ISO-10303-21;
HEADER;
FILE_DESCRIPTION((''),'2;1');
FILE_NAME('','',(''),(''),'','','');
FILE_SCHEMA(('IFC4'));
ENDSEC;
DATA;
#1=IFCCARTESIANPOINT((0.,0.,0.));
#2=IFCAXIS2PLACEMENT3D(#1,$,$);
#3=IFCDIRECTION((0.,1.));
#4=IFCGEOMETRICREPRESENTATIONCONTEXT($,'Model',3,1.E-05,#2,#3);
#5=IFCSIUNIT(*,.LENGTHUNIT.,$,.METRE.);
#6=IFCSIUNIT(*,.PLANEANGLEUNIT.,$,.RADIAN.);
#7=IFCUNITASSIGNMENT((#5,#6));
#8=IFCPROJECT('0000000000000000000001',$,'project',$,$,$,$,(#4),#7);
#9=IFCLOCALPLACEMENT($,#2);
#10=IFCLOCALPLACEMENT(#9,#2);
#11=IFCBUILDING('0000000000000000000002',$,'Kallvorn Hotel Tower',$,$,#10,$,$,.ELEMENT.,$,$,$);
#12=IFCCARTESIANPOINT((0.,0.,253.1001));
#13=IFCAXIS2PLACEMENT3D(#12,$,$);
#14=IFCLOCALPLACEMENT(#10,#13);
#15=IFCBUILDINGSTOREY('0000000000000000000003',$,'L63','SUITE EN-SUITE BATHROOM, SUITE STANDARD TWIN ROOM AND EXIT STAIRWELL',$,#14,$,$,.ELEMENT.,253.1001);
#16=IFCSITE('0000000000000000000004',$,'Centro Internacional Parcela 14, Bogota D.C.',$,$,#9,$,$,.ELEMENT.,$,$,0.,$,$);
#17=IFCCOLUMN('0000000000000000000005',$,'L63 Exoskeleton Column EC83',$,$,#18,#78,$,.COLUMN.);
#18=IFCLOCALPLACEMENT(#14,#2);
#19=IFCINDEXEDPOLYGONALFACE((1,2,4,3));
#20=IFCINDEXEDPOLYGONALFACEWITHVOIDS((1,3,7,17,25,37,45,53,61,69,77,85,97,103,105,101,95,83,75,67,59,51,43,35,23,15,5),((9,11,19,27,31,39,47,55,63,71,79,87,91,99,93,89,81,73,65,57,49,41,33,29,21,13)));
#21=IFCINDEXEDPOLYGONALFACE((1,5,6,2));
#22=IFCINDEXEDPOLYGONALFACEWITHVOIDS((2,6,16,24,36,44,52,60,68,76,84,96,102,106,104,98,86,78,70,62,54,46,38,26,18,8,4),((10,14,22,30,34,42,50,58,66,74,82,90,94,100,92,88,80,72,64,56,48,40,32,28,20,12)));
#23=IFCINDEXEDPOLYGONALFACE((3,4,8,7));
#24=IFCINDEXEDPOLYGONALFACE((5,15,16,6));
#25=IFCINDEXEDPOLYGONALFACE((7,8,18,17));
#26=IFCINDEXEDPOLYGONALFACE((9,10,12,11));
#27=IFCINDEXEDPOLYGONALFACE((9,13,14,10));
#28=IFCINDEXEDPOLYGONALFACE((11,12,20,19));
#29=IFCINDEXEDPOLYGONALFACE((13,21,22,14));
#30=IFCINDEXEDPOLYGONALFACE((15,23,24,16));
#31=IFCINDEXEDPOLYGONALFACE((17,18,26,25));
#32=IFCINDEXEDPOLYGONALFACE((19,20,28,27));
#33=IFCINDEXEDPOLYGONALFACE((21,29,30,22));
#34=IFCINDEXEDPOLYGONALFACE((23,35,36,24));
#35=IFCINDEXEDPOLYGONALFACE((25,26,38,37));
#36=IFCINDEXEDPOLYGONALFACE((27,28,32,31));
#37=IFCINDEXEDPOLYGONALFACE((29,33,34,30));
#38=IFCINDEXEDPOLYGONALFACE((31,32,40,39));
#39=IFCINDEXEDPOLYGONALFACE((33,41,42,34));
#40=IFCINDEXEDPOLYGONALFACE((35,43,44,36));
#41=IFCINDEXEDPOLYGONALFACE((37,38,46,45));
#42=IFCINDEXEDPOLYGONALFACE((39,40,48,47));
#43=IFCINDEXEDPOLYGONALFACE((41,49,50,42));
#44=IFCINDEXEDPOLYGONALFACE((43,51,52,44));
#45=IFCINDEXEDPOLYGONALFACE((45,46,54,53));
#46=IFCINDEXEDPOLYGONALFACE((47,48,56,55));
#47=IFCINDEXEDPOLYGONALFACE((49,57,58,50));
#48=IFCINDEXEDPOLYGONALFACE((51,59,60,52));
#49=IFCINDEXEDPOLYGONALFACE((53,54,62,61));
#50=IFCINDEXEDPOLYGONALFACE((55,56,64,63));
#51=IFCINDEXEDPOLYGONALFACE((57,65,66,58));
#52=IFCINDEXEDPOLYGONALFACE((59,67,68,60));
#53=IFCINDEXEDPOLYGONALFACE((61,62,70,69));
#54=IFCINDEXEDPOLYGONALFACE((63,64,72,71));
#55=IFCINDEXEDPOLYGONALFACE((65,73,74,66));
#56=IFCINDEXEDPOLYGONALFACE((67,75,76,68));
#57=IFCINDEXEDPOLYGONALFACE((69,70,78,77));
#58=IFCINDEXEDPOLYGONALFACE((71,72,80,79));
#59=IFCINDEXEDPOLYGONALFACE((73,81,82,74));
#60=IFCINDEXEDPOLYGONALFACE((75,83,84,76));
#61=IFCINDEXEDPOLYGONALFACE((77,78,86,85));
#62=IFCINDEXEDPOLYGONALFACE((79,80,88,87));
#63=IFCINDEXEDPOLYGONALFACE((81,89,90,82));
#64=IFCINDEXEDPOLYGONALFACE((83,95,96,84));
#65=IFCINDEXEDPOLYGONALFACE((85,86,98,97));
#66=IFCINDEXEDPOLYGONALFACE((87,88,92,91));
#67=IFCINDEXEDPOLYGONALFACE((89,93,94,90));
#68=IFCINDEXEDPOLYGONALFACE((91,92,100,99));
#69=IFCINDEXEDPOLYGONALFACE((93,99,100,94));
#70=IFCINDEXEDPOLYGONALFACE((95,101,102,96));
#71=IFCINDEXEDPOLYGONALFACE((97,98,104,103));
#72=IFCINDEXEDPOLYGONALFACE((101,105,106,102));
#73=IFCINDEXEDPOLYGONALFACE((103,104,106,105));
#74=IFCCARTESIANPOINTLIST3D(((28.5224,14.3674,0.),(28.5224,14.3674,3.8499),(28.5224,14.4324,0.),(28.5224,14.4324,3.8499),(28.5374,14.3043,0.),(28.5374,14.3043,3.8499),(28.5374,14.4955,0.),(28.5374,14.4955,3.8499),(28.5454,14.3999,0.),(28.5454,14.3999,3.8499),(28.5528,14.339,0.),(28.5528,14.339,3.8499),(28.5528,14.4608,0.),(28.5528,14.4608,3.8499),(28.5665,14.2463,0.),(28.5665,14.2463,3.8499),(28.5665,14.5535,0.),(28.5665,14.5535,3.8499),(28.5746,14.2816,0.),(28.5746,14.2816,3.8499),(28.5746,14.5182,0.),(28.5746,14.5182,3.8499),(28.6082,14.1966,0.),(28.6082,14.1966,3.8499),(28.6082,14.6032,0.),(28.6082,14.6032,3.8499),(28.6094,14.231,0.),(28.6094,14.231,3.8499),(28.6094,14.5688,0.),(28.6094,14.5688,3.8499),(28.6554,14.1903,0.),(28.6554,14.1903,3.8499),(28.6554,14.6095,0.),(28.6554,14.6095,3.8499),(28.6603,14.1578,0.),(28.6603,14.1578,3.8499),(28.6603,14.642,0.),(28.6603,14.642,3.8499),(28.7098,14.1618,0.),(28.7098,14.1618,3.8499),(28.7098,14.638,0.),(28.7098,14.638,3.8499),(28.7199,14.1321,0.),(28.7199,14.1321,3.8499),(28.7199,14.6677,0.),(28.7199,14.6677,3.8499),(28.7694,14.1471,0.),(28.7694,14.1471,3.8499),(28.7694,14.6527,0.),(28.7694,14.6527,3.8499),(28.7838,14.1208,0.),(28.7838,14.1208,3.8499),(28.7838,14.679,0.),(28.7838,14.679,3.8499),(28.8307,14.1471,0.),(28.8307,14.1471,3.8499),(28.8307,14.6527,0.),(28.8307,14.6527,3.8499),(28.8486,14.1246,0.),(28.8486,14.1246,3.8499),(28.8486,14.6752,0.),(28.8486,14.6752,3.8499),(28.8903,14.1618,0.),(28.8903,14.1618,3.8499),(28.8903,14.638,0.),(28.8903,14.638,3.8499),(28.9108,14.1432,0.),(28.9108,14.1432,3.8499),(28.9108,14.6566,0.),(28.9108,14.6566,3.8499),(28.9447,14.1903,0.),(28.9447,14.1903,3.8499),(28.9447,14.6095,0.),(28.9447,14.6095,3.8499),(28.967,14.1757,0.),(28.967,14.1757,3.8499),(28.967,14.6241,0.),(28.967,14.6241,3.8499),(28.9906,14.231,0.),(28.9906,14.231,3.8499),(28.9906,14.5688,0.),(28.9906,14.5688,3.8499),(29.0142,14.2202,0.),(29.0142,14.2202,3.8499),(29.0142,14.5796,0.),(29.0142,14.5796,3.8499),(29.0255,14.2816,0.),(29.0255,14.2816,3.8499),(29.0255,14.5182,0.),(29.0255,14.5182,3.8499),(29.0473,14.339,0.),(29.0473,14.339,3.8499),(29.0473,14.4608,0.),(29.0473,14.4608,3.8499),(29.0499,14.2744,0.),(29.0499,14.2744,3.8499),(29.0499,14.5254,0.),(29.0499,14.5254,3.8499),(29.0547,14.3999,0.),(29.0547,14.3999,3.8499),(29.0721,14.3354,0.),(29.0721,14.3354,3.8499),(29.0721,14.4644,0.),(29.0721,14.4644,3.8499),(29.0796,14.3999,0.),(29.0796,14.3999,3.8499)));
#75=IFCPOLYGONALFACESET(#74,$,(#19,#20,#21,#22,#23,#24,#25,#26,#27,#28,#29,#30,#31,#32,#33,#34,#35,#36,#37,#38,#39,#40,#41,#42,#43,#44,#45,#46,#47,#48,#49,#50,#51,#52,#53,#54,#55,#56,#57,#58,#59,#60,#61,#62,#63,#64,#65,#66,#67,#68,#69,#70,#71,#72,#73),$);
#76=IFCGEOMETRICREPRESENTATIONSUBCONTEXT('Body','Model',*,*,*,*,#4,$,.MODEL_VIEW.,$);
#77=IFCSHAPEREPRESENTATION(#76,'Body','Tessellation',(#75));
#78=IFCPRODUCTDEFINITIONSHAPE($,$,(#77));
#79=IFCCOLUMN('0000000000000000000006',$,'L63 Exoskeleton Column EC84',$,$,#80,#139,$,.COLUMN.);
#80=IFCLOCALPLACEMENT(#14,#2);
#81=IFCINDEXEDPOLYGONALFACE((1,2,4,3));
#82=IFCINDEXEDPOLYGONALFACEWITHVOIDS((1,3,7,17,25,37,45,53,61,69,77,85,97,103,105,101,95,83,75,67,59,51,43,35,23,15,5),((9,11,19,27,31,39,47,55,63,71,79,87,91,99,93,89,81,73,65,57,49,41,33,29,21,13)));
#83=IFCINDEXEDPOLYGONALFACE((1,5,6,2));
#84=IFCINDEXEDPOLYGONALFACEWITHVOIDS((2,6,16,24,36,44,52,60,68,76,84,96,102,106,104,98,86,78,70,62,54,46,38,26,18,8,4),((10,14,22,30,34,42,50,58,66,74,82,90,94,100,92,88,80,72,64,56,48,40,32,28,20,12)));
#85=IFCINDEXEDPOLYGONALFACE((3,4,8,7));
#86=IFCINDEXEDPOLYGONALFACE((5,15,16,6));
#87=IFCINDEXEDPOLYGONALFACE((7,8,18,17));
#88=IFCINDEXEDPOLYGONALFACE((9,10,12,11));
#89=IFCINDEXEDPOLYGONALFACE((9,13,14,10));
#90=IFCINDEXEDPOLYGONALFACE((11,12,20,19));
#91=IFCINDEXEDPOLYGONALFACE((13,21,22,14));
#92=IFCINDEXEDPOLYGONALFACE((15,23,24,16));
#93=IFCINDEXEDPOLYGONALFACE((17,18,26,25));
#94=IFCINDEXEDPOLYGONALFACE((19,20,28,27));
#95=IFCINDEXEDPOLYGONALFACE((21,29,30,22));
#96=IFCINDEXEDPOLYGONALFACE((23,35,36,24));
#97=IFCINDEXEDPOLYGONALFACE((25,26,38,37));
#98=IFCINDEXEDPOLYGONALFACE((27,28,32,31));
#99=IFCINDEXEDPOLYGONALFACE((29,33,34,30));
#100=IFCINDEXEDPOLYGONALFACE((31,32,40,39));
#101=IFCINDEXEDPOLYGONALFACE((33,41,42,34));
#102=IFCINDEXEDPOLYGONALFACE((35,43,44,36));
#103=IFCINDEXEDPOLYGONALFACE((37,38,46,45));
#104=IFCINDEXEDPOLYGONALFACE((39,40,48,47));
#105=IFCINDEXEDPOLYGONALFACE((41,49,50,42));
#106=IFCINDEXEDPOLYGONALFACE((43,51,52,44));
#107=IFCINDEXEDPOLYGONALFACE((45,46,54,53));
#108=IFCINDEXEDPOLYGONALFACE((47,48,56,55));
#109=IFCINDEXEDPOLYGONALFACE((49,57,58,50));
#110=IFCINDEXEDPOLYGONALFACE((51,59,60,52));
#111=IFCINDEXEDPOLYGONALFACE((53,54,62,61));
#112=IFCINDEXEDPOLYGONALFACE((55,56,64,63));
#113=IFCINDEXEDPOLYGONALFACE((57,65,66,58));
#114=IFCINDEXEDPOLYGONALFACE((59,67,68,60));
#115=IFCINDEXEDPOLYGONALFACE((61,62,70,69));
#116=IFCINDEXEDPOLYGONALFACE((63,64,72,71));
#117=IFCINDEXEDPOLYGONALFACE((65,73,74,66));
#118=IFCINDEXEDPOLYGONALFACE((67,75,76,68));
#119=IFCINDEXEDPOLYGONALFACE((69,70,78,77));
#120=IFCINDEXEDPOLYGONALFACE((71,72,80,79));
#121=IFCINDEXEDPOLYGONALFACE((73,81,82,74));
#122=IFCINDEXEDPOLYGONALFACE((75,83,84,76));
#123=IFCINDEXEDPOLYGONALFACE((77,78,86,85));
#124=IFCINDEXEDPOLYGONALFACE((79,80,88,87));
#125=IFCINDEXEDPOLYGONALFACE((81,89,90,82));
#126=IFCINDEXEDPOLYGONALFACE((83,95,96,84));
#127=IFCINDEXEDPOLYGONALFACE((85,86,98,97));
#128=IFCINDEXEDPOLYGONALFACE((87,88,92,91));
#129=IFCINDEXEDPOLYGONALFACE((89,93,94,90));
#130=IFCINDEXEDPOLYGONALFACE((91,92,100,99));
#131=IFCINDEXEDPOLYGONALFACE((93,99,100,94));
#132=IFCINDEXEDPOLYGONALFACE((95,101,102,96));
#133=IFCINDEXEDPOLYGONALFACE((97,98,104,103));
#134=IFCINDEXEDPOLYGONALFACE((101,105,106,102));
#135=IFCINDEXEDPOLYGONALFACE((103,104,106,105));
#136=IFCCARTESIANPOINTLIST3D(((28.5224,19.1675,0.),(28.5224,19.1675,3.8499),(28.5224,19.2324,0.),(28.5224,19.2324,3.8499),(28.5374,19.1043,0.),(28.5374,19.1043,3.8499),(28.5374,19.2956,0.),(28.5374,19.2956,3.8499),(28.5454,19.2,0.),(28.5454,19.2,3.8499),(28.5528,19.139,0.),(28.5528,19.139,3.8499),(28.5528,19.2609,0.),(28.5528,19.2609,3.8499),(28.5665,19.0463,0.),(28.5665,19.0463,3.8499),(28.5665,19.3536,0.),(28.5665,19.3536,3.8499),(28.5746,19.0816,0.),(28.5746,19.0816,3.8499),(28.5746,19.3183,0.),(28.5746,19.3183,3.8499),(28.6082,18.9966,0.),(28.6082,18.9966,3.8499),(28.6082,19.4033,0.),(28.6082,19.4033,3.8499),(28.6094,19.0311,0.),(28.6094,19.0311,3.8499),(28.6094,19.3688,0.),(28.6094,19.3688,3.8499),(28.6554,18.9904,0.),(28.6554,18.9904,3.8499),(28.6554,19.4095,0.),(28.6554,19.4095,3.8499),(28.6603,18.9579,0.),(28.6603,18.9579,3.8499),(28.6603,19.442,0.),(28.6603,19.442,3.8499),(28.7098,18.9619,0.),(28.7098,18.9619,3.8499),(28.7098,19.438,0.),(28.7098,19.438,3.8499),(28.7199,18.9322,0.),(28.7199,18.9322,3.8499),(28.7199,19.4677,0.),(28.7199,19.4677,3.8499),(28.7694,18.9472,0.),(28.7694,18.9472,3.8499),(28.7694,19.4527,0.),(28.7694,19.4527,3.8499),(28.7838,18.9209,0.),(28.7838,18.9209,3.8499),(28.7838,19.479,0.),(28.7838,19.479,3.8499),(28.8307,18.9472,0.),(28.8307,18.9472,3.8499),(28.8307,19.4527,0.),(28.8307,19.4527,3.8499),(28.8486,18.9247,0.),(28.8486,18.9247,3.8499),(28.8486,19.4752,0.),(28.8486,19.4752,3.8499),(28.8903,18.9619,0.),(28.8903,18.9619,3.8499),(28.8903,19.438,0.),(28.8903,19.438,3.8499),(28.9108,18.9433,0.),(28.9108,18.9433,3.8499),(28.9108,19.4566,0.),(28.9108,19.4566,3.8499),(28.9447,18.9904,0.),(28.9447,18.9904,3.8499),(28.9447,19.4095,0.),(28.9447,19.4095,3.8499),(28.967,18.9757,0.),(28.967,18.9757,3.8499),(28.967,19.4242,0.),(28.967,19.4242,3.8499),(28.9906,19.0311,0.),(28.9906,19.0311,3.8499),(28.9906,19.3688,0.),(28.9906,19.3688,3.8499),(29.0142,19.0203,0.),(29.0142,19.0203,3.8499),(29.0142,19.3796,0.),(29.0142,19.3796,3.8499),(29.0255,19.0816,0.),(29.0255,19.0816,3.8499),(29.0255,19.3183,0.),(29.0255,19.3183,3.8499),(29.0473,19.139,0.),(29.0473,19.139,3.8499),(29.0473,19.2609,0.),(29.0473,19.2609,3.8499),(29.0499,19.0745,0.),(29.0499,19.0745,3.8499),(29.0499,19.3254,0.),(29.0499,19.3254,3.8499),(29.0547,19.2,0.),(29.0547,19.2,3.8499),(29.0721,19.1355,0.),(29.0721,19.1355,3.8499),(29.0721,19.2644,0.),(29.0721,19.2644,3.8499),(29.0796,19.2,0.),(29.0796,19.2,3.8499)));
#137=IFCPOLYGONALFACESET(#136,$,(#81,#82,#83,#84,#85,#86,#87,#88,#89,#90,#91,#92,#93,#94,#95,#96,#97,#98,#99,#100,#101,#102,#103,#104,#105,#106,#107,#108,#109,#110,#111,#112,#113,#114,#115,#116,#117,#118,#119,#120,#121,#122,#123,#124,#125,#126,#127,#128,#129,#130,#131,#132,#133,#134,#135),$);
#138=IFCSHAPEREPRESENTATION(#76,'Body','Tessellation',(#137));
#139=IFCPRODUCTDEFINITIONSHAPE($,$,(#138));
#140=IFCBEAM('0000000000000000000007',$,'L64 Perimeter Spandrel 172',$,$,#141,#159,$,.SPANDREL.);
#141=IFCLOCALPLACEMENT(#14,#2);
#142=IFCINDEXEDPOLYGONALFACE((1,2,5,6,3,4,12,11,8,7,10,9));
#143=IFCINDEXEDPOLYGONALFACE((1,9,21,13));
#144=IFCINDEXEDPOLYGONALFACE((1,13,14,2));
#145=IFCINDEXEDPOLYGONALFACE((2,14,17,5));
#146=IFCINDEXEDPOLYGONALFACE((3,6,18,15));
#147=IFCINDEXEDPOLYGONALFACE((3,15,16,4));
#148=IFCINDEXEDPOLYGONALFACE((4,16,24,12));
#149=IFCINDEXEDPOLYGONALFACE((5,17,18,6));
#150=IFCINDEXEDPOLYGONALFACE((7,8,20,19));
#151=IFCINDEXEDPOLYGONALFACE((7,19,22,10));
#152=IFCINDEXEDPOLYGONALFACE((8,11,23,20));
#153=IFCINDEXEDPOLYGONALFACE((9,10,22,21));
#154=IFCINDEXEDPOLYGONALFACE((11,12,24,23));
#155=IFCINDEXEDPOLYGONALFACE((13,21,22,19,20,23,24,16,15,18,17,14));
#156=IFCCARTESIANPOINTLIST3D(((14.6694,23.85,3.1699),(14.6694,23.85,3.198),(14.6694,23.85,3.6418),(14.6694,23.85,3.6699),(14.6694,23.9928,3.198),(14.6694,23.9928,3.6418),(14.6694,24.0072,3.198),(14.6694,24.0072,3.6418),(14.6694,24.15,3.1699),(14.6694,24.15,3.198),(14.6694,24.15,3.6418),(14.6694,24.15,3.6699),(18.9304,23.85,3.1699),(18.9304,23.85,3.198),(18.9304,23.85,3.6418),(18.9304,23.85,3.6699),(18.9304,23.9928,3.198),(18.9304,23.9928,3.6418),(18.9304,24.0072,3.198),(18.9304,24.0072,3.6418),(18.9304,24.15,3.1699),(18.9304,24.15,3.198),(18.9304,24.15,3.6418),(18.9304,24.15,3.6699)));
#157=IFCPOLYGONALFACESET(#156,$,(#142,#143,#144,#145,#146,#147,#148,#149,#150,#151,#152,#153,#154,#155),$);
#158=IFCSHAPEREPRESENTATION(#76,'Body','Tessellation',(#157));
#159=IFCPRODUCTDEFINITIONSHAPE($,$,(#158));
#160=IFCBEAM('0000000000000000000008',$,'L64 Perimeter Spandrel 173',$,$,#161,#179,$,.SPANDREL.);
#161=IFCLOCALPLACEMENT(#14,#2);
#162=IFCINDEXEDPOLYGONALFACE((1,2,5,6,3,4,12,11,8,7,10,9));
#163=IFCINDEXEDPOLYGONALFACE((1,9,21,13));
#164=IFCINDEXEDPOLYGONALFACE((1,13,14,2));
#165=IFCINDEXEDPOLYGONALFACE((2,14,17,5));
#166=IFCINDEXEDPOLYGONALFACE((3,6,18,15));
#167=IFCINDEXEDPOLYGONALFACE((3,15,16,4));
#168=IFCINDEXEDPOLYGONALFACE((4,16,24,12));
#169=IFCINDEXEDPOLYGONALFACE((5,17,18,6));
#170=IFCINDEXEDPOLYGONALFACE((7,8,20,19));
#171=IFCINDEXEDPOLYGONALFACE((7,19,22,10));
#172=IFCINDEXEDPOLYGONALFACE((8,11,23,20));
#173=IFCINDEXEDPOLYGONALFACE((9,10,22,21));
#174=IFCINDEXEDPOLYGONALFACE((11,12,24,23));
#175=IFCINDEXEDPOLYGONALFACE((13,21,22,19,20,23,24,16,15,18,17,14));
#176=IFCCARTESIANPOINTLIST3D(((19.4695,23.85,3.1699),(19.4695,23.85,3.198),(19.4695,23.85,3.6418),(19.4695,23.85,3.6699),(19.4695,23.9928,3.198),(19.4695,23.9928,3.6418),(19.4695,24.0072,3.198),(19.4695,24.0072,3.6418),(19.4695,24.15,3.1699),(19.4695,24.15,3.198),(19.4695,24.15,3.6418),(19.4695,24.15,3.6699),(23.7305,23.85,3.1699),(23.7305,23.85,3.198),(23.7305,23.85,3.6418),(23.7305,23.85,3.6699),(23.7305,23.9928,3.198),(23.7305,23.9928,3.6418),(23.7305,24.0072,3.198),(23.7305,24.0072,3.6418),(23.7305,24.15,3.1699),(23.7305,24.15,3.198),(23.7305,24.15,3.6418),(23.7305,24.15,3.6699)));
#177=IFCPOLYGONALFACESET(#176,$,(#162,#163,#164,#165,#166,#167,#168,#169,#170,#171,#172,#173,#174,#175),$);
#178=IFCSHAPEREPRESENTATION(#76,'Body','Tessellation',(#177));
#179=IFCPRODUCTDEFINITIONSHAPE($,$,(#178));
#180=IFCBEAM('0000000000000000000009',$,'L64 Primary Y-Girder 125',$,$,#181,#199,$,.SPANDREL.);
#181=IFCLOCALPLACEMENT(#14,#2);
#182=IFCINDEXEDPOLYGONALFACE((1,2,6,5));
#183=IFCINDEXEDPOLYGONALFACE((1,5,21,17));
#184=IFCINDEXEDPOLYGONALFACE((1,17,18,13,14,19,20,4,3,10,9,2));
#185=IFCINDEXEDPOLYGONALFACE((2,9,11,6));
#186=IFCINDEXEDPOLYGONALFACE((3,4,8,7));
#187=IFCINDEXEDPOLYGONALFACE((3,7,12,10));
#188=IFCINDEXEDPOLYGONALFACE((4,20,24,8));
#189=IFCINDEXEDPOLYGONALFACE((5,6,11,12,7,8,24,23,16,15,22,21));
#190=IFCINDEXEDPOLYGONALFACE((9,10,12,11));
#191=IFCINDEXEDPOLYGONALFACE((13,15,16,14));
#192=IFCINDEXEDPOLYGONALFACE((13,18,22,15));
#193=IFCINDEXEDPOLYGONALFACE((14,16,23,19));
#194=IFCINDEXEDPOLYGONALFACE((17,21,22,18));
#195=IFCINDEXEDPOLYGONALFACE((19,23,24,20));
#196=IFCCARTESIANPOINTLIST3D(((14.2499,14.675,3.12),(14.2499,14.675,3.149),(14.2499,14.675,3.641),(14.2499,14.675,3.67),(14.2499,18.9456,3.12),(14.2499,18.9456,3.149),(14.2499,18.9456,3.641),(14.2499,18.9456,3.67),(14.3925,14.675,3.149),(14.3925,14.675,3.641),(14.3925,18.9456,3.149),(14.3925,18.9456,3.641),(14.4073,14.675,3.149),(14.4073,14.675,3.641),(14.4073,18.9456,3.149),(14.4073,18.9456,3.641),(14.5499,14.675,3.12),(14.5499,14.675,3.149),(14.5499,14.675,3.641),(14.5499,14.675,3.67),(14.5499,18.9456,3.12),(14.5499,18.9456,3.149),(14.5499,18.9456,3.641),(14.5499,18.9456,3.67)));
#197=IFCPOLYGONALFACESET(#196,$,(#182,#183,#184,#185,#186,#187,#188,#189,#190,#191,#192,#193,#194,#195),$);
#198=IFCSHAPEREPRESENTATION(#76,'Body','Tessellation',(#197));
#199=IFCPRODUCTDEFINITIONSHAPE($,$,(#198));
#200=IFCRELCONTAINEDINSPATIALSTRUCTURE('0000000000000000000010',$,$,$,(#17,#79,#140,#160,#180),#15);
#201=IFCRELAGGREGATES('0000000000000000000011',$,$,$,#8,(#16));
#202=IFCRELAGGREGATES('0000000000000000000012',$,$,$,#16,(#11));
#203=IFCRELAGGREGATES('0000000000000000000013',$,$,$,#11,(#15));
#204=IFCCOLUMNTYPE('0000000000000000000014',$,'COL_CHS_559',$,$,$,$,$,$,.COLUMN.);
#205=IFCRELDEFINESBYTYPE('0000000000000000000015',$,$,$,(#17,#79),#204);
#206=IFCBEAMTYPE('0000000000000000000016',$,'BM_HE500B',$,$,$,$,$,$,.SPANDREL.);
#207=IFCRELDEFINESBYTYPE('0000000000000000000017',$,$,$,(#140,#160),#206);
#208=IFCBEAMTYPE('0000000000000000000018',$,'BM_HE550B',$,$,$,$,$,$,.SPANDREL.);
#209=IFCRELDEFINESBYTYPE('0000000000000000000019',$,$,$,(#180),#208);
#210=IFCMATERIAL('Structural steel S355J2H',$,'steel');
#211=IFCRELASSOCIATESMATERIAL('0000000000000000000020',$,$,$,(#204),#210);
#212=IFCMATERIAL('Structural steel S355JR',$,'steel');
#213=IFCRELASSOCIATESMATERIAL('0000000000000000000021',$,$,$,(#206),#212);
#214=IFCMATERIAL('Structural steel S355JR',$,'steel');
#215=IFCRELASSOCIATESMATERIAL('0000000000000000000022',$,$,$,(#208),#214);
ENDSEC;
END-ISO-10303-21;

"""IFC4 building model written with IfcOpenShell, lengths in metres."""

from ifc_helpers import new_model, si_unit, direction, frame, origin, origin_2d, place, context, subcontext, project, spatial, hollow_circle, i_section, extrude, material, material_profile, profile_set, type_object, element, save


model = new_model("IFC4")

# Units and contexts
model_context = context("Model", 3, precision=1e-05, world=origin(), true_north=direction((0.0, 1.0)))
body_context = subcontext(model_context, "Body", "Model", "MODEL_VIEW")
ifc_project = project(units=[si_unit("LENGTHUNIT", "METRE"), si_unit("PLANEANGLEUNIT", "RADIAN")], contexts=[model_context])

# Site, building, storey
site_placement = place(None, origin())
site = spatial("IfcSite", under=ifc_project, at=site_placement, Name="Centro Internacional Parcela 14, Bogota D.C.", CompositionType="ELEMENT", RefElevation=0.0)
building_placement = place(site_placement, origin())
building = spatial("IfcBuilding", under=site, at=building_placement, Name="Kallvorn Hotel Tower", CompositionType="ELEMENT")
storey_placement = place(building_placement, frame((0.0, 0.0, 253.1001)))
storey = spatial("IfcBuildingStorey", under=building, at=storey_placement, Name="L63", Description="SUITE EN-SUITE BATHROOM, SUITE STANDARD TWIN ROOM AND EXIT STAIRWELL", CompositionType="ELEMENT", Elevation=253.1001)

# Columns
ifc_material_1 = material(Name="Structural steel S355J2H", Category="steel")
ifc_material_profile_1 = material_profile(ifc_material_1, hollow_circle(Radius=0.2795, WallThickness=0.0249, at=origin_2d()), Name="CHS 559x25")
ifc_profile_set_1 = profile_set([ifc_material_profile_1], Name="Structural steel S355J2H")
column_type = type_object("IfcColumnType", Name="COL_CHS_559", PredefinedType="COLUMN", material=ifc_profile_set_1)
for number, where, z_axis, x_axis, name in (
    (1, (28.8, 14.3999, 0.0), (0.0, 0.0, 1.0), (1.0, 0.0, 0.0), "L63 Exoskeleton Column EC83"),
    (2, (28.8, 19.2, 0.0), (0.0, 0.0, 1.0), (1.0, 0.0, 0.0), "L63 Exoskeleton Column EC84"),
):
    element("IfcColumn", number, at=place(storey_placement, frame(where, z_axis=z_axis, x_axis=x_axis)), inside=storey, type_object=column_type, Name=name, PredefinedType="COLUMN", context=body_context, shape_type="SweptSolid", body=[
        extrude(hollow_circle(Radius=0.2795, WallThickness=0.0249, at=origin_2d()), origin(), (0.0, 0.0, 1.0), 3.8499),
    ])

# Beams
ifc_material_2 = material(Name="Structural steel S355JR", Category="steel")
ifc_material_profile_2 = material_profile(ifc_material_2, i_section(OverallWidth=0.3, OverallDepth=0.5, WebThickness=0.0144, FlangeThickness=0.0281, at=origin_2d()), Name="HE 500 B")
ifc_profile_set_2 = profile_set([ifc_material_profile_2], Name="Structural steel S355JR")
beam_type_1 = type_object("IfcBeamType", Name="BM_HE500B", PredefinedType="SPANDREL", material=ifc_profile_set_2)
for number, where, z_axis, x_axis, name in (
    (3, (14.6694, 24.0, 3.4199), (1.0, 0.0, 0.0), (0.0, 1.0, 0.0), "L64 Perimeter Spandrel 172"),
    (4, (19.4695, 24.0, 3.4199), (1.0, 0.0, 0.0), (0.0, 1.0, 0.0), "L64 Perimeter Spandrel 173"),
):
    element("IfcBeam", number, at=place(storey_placement, frame(where, z_axis=z_axis, x_axis=x_axis)), inside=storey, type_object=beam_type_1, Name=name, PredefinedType="SPANDREL", context=body_context, shape_type="SweptSolid", body=[
        extrude(i_section(OverallWidth=0.3, OverallDepth=0.5, WebThickness=0.0144, FlangeThickness=0.0281, at=origin_2d()), origin(), (0.0, 0.0, 1.0), 4.261),
    ])
ifc_material_3 = material(Name="Structural steel S355JR", Category="steel")
ifc_material_profile_3 = material_profile(ifc_material_3, i_section(OverallWidth=0.3, OverallDepth=0.55, WebThickness=0.0149, FlangeThickness=0.0291, at=origin_2d()), Name="HE 550 B")
ifc_profile_set_3 = profile_set([ifc_material_profile_3], Name="Structural steel S355JR")
beam_type_2 = type_object("IfcBeamType", Name="BM_HE550B", PredefinedType="SPANDREL", material=ifc_profile_set_3)
beam_1_placement = place(storey_placement, frame((14.3999, 14.675, 3.395), z_axis=(0.0, 1.0, 0.0), x_axis=(-1.0, 0.0, 0.0)))
element("IfcBeam", 5, at=beam_1_placement, inside=storey, type_object=beam_type_2, Name="L64 Primary Y-Girder 125", PredefinedType="SPANDREL", context=body_context, shape_type="SweptSolid", body=[
    extrude(i_section(OverallWidth=0.3, OverallDepth=0.55, WebThickness=0.0149, FlangeThickness=0.0291, at=origin_2d()), origin(), (0.0, 0.0, 1.0), 4.2705),
])

save(model, "model.ifc")
